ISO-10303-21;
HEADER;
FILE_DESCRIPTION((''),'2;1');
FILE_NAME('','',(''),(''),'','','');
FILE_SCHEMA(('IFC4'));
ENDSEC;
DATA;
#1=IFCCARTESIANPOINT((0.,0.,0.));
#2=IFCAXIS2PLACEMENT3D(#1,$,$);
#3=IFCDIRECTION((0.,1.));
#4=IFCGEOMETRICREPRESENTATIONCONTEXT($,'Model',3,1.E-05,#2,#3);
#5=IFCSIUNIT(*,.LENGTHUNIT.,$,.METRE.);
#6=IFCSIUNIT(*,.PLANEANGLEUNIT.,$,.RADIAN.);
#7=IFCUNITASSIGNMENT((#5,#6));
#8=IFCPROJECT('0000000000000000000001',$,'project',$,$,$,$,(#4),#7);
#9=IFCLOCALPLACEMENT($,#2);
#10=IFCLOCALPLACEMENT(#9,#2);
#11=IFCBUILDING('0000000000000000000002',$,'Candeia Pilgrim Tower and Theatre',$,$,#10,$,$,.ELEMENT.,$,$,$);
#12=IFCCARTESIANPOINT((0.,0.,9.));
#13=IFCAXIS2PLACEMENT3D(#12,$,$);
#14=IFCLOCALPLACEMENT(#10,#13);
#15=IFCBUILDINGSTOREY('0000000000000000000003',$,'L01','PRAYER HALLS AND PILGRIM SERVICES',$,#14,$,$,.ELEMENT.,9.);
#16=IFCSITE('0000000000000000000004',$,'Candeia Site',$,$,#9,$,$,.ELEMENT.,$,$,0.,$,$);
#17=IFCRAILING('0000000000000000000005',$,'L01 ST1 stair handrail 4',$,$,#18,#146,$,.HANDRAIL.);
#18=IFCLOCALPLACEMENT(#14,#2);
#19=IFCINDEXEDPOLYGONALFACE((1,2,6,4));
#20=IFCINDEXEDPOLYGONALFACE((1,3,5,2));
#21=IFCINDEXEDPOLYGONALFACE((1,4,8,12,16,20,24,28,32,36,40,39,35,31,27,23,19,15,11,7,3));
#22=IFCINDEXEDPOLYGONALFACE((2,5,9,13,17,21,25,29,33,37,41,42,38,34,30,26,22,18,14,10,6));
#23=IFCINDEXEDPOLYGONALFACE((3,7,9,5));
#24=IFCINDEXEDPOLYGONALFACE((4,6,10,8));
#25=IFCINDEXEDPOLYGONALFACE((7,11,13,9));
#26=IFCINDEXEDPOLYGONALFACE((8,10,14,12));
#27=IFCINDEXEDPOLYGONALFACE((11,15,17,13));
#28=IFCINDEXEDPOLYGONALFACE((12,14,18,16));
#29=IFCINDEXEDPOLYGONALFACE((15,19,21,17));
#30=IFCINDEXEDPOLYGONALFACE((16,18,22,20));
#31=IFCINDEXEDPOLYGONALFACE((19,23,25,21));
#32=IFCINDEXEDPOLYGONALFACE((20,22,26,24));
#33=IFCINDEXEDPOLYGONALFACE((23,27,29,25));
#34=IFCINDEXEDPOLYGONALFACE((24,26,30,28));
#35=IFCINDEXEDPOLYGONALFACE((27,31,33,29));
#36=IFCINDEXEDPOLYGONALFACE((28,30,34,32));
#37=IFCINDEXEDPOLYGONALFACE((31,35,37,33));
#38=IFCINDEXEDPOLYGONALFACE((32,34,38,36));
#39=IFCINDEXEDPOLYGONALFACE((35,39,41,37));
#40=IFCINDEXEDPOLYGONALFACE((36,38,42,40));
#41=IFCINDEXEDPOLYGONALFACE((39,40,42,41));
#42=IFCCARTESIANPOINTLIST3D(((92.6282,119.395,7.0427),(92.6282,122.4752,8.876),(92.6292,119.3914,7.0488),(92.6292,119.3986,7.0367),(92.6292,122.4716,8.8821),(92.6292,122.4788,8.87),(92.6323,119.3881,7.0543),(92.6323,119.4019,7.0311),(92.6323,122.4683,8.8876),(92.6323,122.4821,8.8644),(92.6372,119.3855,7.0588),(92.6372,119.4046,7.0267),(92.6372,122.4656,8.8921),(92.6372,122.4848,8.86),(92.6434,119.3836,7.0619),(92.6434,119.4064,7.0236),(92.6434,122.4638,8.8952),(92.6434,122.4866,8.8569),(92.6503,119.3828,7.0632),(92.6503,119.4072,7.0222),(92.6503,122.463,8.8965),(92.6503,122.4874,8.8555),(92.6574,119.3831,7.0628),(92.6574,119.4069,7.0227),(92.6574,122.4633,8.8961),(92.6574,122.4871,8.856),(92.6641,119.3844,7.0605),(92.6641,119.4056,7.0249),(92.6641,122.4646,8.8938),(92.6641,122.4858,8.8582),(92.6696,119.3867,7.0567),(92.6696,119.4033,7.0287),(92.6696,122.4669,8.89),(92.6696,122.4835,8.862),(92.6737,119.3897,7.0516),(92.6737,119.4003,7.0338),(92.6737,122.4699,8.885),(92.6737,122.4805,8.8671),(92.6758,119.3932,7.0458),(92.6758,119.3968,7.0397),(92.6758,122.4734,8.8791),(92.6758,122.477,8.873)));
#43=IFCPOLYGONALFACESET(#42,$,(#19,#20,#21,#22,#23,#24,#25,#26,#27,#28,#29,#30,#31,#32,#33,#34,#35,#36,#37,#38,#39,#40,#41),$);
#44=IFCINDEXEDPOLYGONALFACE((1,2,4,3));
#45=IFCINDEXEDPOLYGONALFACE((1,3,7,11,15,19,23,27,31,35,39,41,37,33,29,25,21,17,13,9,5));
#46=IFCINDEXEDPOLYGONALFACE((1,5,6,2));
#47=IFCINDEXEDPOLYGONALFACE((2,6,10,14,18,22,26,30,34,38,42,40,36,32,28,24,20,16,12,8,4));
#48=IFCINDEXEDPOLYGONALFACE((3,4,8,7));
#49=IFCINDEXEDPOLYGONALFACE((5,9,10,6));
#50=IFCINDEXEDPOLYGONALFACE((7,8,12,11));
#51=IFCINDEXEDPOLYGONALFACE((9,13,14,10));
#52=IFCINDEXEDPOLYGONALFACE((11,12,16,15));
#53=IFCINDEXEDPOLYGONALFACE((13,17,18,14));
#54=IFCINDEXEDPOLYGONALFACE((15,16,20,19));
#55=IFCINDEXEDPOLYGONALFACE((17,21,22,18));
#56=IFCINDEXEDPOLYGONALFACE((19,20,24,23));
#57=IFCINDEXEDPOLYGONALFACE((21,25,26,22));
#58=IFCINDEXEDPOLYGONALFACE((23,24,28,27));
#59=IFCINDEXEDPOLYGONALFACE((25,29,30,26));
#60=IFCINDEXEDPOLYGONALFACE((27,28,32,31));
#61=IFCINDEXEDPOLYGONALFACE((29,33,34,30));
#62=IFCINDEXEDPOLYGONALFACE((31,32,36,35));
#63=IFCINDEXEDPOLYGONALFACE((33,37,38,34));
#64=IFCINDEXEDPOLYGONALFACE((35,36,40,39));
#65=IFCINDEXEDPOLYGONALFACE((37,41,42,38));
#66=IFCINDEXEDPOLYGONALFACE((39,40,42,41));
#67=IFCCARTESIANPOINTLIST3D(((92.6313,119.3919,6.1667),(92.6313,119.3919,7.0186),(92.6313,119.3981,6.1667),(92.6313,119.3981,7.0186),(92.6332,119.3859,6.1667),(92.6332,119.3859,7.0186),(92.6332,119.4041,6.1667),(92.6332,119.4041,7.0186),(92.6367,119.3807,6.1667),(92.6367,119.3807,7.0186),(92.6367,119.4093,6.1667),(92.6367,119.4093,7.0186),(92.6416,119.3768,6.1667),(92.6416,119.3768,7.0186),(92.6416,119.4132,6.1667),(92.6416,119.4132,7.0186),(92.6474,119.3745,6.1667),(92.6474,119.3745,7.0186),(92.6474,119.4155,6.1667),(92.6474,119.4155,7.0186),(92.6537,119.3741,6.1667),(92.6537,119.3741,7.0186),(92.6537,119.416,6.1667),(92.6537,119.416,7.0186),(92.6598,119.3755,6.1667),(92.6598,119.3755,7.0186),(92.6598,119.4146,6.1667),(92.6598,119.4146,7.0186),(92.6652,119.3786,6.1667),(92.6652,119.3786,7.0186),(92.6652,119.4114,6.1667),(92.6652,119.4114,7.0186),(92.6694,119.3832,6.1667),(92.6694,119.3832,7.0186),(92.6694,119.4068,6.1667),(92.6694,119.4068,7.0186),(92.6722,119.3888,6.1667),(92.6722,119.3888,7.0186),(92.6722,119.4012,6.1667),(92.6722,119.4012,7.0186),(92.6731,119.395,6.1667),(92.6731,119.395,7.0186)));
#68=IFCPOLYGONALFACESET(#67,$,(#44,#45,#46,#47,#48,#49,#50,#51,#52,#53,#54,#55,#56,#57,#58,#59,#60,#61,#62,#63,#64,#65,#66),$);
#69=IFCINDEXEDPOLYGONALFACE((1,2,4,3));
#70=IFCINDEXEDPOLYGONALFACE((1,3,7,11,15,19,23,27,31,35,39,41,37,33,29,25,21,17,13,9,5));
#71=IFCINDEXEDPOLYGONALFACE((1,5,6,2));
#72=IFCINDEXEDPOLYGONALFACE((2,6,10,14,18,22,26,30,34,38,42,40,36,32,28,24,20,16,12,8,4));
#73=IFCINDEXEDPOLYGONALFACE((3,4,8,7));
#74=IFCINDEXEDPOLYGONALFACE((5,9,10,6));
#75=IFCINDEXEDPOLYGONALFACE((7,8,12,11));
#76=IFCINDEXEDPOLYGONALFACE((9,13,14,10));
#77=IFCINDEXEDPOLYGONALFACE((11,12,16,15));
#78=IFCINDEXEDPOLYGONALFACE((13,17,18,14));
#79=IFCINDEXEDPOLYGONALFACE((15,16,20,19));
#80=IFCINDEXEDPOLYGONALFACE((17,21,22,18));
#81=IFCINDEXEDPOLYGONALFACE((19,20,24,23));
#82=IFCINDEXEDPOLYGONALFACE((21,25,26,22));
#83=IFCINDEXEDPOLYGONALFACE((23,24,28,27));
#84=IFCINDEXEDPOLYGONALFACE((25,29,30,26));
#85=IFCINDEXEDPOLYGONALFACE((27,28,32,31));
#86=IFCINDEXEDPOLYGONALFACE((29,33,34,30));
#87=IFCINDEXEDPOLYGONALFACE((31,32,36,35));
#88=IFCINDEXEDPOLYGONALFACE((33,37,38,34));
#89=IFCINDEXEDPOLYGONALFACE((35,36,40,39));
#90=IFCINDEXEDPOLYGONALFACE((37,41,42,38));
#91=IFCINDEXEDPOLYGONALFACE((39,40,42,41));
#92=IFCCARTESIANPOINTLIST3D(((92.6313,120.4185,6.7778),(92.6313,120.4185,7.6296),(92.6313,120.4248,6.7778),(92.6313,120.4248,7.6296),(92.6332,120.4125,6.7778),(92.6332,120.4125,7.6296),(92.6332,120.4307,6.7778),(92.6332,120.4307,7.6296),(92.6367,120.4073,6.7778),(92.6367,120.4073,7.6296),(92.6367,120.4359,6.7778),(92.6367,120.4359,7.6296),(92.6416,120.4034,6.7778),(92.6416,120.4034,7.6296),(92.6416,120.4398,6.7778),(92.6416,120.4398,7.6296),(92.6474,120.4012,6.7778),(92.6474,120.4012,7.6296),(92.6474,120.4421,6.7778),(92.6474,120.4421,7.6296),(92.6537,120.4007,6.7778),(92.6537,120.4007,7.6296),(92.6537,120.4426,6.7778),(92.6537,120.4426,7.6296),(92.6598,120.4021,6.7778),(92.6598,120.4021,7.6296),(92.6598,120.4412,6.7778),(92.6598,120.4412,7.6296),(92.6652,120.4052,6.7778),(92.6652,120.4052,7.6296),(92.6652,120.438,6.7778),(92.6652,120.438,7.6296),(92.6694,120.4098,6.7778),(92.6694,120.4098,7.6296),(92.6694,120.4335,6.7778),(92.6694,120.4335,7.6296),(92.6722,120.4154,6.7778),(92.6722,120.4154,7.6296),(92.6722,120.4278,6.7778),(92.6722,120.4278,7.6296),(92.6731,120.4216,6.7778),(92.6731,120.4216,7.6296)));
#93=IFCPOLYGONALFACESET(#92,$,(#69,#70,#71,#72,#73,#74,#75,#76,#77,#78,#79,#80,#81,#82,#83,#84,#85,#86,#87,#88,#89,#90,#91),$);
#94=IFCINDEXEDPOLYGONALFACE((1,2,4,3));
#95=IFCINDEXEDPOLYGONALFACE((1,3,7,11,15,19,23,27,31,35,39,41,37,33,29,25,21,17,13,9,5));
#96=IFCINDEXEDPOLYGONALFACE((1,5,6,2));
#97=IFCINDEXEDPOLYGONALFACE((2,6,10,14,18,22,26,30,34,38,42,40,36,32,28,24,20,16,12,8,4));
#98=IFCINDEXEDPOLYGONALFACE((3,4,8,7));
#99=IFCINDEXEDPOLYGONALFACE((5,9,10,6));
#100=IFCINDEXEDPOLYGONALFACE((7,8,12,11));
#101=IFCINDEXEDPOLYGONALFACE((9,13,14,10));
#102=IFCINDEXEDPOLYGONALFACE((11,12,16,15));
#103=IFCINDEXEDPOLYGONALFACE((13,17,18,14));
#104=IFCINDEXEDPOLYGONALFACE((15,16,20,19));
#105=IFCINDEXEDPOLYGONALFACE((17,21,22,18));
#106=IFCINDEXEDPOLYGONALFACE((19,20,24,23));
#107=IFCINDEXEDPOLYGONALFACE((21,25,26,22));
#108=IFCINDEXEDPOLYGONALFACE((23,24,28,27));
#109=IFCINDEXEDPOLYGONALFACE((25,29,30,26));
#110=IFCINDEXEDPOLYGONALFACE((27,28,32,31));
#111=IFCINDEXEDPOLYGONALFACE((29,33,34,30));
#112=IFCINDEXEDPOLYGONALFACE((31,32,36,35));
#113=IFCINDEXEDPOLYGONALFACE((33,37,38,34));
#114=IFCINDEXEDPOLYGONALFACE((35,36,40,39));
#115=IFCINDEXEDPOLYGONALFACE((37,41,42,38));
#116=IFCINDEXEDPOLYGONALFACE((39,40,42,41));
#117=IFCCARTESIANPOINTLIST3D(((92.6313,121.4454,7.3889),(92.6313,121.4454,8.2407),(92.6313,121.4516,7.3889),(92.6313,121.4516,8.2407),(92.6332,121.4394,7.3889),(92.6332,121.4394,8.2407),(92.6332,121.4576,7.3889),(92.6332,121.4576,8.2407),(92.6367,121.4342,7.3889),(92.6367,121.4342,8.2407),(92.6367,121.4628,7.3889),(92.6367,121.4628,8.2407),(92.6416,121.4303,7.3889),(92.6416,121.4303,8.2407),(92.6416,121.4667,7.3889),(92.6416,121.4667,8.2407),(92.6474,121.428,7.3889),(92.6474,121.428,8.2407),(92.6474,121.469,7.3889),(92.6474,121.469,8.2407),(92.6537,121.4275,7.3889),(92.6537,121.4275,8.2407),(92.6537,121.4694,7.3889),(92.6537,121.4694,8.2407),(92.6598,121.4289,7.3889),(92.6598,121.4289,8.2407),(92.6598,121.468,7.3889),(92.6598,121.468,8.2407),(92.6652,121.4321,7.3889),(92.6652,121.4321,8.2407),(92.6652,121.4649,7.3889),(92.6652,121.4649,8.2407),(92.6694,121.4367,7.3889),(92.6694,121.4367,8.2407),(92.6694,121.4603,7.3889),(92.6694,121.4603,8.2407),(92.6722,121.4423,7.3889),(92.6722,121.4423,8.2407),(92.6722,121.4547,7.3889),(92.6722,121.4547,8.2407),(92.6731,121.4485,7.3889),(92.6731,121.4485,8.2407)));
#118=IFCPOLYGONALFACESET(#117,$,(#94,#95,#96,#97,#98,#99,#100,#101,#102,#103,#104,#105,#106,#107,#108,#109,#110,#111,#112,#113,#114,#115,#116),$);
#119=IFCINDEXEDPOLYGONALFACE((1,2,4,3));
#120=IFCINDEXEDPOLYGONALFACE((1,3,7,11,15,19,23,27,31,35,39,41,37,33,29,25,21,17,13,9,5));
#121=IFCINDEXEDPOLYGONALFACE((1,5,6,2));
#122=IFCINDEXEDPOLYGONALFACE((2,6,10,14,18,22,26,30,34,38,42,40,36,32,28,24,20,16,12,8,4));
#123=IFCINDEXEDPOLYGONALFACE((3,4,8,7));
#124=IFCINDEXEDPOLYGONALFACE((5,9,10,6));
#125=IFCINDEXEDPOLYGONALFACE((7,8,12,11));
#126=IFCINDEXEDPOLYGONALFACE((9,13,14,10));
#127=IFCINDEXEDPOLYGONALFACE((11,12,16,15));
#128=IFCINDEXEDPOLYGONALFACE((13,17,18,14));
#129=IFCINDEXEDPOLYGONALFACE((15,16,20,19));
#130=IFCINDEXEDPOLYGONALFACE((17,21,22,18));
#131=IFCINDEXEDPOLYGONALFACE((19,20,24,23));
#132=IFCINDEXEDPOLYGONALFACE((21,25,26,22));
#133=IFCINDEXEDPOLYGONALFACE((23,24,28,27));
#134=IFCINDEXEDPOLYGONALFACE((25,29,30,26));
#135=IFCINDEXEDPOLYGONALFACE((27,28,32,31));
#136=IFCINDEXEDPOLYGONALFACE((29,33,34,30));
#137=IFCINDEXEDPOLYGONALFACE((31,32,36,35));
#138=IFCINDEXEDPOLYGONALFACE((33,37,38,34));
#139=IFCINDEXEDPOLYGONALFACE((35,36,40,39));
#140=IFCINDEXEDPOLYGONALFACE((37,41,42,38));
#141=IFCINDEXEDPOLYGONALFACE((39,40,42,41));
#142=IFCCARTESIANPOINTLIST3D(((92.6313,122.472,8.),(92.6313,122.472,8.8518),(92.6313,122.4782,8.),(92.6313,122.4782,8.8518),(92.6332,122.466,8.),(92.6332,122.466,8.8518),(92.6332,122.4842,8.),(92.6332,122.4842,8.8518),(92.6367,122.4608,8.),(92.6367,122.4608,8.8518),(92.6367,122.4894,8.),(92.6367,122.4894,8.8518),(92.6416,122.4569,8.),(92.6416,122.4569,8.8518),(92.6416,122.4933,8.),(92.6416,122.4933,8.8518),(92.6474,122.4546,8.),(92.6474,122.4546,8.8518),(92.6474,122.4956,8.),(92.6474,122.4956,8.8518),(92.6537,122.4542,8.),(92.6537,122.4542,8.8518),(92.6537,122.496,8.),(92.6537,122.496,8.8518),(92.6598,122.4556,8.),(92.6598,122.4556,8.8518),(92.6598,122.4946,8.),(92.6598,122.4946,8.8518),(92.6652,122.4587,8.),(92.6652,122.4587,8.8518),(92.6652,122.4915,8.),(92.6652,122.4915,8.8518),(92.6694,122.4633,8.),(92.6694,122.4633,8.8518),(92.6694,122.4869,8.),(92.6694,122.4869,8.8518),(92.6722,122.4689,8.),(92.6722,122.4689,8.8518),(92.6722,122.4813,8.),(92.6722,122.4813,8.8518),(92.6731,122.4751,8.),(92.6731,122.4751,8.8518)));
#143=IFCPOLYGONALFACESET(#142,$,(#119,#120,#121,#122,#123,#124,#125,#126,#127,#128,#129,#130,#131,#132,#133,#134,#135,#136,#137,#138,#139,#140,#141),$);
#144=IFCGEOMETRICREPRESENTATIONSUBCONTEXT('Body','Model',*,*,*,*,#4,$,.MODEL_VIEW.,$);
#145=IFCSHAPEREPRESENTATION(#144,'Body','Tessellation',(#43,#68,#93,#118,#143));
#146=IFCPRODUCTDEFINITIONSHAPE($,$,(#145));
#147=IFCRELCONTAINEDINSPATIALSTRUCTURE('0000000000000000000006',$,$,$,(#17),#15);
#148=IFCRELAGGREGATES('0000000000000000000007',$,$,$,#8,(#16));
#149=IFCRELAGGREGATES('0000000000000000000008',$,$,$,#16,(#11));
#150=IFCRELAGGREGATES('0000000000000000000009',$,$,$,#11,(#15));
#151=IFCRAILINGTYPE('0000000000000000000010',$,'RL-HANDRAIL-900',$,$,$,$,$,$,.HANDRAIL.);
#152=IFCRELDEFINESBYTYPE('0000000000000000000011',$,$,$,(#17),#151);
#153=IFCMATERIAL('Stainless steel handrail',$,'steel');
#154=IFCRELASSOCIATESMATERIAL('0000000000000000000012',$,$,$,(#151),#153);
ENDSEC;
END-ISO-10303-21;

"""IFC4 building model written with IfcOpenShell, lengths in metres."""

from ifc_helpers import new_model, si_unit, direction, frame, origin, origin_2d, place, context, subcontext, project, spatial, circle, extrude, material, type_object, element, save


model = new_model("IFC4")

# Units and contexts
model_context = context("Model", 3, precision=1e-05, world=origin(), true_north=direction((0.0, 1.0)))
body_context = subcontext(model_context, "Body", "Model", "MODEL_VIEW")
ifc_project = project(units=[si_unit("LENGTHUNIT", "METRE"), si_unit("PLANEANGLEUNIT", "RADIAN")], contexts=[model_context])

# Site, building, storey
site_placement = place(None, origin())
site = spatial("IfcSite", under=ifc_project, at=site_placement, Name="Candeia Site", CompositionType="ELEMENT", RefElevation=0.0)
building_placement = place(site_placement, origin())
building = spatial("IfcBuilding", under=site, at=building_placement, Name="Candeia Pilgrim Tower and Theatre", CompositionType="ELEMENT")
storey_placement = place(building_placement, frame((0.0, 0.0, 9.0)))
storey = spatial("IfcBuildingStorey", under=building, at=storey_placement, Name="L01", Description="PRAYER HALLS AND PILGRIM SERVICES", CompositionType="ELEMENT", Elevation=9.0)

# Railing
ifc_material_1 = material(Name="Stainless steel handrail", Category="steel")
railing_type_1 = type_object("IfcRailingType", Name="RL-HANDRAIL-900", PredefinedType="HANDRAIL", material=ifc_material_1)
for number, where, name in (
    (1, (92.6521, 119.395, 6.1667), "L01 ST1 stair handrail 4"),
):
    element("IfcRailing", number, at=place(storey_placement, frame(where)), inside=storey, type_object=railing_type_1, Name=name, PredefinedType="HANDRAIL", context=body_context, shape_type="SweptSolid", body=[
        extrude(circle(Radius=0.0239, at=origin_2d()), frame((0.0, 0.0, 0.876), z_axis=(0.0, 0.859309, 0.511458), x_axis=(-1.0, 0.0, 0.0)), (0.0, 0.0, 1.0), 3.5845),
        extrude(circle(Radius=0.021, at=origin_2d()), origin(), (0.0, 0.0, 1.0), 0.8518),
        extrude(circle(Radius=0.021, at=origin_2d()), frame((0.0, 1.0266, 0.6111)), (0.0, 0.0, 1.0), 0.8518),
        extrude(circle(Radius=0.021, at=origin_2d()), frame((0.0, 2.0535, 1.2222)), (0.0, 0.0, 1.0), 0.8518),
        extrude(circle(Radius=0.021, at=origin_2d()), frame((0.0, 3.0801, 1.8333)), (0.0, 0.0, 1.0), 0.8518),
    ])

save(model, "model.ifc")
